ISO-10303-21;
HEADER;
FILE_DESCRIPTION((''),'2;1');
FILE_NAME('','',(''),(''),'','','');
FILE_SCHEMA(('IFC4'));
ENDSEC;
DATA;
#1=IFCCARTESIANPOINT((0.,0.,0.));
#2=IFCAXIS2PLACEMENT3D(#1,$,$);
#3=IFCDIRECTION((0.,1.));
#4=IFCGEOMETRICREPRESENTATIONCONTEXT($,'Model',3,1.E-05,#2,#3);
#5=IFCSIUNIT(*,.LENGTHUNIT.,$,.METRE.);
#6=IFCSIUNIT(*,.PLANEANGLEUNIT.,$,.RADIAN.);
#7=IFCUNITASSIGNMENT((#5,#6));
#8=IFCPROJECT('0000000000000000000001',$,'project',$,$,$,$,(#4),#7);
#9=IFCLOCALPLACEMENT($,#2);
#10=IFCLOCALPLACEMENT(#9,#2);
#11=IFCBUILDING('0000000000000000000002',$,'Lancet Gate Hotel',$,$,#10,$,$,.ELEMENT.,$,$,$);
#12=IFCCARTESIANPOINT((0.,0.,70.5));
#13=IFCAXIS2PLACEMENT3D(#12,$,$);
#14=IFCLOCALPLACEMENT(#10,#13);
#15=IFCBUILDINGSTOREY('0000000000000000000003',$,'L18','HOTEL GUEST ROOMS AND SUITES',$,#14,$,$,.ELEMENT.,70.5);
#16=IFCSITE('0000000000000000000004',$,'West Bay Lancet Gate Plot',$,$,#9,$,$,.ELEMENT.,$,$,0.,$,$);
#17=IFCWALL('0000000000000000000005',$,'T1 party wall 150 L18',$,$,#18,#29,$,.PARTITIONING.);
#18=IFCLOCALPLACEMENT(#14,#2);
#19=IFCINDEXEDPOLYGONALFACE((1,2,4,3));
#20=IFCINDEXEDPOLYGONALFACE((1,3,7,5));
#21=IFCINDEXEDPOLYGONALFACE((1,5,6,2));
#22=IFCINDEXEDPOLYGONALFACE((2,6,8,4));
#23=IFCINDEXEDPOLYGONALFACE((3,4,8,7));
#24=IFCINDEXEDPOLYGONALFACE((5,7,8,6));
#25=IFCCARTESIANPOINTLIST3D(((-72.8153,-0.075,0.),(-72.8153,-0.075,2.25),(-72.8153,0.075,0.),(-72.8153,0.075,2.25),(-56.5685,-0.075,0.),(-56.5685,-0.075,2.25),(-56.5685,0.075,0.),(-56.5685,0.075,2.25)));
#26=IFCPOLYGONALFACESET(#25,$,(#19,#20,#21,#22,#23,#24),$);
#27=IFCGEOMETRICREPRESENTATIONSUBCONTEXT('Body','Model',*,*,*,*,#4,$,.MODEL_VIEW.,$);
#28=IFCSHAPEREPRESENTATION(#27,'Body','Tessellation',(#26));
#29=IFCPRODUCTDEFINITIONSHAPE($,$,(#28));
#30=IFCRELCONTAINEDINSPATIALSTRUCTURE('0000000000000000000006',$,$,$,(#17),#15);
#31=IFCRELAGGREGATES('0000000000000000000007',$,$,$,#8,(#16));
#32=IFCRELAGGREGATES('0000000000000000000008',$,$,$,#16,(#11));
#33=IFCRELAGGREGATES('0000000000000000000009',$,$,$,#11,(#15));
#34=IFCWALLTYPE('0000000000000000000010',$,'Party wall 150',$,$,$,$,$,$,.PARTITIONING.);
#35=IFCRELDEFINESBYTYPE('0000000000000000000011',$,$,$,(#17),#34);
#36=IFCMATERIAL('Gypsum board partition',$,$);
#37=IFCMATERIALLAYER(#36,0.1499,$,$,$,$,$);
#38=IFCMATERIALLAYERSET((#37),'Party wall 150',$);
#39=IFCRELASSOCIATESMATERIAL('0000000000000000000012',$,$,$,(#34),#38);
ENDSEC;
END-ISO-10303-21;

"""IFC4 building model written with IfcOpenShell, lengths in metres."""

from ifc_helpers import new_model, si_unit, direction, frame, frame_2d, origin, place, context, subcontext, project, spatial, rectangle, extrude, material, layer, layer_set, type_object, element, save


model = new_model("IFC4")

# Units and contexts
model_context = context("Model", 3, precision=1e-05, world=origin(), true_north=direction((0.0, 1.0)))
body_context = subcontext(model_context, "Body", "Model", "MODEL_VIEW")
ifc_project = project(units=[si_unit("LENGTHUNIT", "METRE"), si_unit("PLANEANGLEUNIT", "RADIAN")], contexts=[model_context])

# Site, building, storey
site_placement = place(None, origin())
site = spatial("IfcSite", under=ifc_project, at=site_placement, Name="West Bay Lancet Gate Plot", CompositionType="ELEMENT", RefElevation=0.0)
building_placement = place(site_placement, origin())
building = spatial("IfcBuilding", under=site, at=building_placement, Name="Lancet Gate Hotel", CompositionType="ELEMENT")
storey_placement = place(building_placement, frame((0.0, 0.0, 70.5)))
storey = spatial("IfcBuildingStorey", under=building, at=storey_placement, Name="L18", Description="HOTEL GUEST ROOMS AND SUITES", CompositionType="ELEMENT", Elevation=70.5)

# Wall
ifc_material_1 = material(Name="Gypsum board partition")
ifc_layer_1 = layer(ifc_material_1, 0.1499)
ifc_layer_set_1 = layer_set([ifc_layer_1], Name="Party wall 150")
wall_type_1 = type_object("IfcWallType", Name="Party wall 150", PredefinedType="PARTITIONING", material=ifc_layer_set_1)
wall_1_placement = place(storey_placement, frame((-56.5684, 0.0, 0.0), z_axis=(0.0, 0.0, 1.0), x_axis=(-1.0, 0.0, 0.0)))
element("IfcWall", 1, at=wall_1_placement, inside=storey, type_object=wall_type_1, Name="T1 party wall 150 L18", PredefinedType="PARTITIONING", context=body_context, shape_type="SweptSolid", body=[
    extrude(rectangle(XDim=16.2468, YDim=0.1499, at=frame_2d((8.1235, 0.0))), origin(), (0.0, 0.0, 1.0), 2.25),
])

save(model, "model.ifc")
